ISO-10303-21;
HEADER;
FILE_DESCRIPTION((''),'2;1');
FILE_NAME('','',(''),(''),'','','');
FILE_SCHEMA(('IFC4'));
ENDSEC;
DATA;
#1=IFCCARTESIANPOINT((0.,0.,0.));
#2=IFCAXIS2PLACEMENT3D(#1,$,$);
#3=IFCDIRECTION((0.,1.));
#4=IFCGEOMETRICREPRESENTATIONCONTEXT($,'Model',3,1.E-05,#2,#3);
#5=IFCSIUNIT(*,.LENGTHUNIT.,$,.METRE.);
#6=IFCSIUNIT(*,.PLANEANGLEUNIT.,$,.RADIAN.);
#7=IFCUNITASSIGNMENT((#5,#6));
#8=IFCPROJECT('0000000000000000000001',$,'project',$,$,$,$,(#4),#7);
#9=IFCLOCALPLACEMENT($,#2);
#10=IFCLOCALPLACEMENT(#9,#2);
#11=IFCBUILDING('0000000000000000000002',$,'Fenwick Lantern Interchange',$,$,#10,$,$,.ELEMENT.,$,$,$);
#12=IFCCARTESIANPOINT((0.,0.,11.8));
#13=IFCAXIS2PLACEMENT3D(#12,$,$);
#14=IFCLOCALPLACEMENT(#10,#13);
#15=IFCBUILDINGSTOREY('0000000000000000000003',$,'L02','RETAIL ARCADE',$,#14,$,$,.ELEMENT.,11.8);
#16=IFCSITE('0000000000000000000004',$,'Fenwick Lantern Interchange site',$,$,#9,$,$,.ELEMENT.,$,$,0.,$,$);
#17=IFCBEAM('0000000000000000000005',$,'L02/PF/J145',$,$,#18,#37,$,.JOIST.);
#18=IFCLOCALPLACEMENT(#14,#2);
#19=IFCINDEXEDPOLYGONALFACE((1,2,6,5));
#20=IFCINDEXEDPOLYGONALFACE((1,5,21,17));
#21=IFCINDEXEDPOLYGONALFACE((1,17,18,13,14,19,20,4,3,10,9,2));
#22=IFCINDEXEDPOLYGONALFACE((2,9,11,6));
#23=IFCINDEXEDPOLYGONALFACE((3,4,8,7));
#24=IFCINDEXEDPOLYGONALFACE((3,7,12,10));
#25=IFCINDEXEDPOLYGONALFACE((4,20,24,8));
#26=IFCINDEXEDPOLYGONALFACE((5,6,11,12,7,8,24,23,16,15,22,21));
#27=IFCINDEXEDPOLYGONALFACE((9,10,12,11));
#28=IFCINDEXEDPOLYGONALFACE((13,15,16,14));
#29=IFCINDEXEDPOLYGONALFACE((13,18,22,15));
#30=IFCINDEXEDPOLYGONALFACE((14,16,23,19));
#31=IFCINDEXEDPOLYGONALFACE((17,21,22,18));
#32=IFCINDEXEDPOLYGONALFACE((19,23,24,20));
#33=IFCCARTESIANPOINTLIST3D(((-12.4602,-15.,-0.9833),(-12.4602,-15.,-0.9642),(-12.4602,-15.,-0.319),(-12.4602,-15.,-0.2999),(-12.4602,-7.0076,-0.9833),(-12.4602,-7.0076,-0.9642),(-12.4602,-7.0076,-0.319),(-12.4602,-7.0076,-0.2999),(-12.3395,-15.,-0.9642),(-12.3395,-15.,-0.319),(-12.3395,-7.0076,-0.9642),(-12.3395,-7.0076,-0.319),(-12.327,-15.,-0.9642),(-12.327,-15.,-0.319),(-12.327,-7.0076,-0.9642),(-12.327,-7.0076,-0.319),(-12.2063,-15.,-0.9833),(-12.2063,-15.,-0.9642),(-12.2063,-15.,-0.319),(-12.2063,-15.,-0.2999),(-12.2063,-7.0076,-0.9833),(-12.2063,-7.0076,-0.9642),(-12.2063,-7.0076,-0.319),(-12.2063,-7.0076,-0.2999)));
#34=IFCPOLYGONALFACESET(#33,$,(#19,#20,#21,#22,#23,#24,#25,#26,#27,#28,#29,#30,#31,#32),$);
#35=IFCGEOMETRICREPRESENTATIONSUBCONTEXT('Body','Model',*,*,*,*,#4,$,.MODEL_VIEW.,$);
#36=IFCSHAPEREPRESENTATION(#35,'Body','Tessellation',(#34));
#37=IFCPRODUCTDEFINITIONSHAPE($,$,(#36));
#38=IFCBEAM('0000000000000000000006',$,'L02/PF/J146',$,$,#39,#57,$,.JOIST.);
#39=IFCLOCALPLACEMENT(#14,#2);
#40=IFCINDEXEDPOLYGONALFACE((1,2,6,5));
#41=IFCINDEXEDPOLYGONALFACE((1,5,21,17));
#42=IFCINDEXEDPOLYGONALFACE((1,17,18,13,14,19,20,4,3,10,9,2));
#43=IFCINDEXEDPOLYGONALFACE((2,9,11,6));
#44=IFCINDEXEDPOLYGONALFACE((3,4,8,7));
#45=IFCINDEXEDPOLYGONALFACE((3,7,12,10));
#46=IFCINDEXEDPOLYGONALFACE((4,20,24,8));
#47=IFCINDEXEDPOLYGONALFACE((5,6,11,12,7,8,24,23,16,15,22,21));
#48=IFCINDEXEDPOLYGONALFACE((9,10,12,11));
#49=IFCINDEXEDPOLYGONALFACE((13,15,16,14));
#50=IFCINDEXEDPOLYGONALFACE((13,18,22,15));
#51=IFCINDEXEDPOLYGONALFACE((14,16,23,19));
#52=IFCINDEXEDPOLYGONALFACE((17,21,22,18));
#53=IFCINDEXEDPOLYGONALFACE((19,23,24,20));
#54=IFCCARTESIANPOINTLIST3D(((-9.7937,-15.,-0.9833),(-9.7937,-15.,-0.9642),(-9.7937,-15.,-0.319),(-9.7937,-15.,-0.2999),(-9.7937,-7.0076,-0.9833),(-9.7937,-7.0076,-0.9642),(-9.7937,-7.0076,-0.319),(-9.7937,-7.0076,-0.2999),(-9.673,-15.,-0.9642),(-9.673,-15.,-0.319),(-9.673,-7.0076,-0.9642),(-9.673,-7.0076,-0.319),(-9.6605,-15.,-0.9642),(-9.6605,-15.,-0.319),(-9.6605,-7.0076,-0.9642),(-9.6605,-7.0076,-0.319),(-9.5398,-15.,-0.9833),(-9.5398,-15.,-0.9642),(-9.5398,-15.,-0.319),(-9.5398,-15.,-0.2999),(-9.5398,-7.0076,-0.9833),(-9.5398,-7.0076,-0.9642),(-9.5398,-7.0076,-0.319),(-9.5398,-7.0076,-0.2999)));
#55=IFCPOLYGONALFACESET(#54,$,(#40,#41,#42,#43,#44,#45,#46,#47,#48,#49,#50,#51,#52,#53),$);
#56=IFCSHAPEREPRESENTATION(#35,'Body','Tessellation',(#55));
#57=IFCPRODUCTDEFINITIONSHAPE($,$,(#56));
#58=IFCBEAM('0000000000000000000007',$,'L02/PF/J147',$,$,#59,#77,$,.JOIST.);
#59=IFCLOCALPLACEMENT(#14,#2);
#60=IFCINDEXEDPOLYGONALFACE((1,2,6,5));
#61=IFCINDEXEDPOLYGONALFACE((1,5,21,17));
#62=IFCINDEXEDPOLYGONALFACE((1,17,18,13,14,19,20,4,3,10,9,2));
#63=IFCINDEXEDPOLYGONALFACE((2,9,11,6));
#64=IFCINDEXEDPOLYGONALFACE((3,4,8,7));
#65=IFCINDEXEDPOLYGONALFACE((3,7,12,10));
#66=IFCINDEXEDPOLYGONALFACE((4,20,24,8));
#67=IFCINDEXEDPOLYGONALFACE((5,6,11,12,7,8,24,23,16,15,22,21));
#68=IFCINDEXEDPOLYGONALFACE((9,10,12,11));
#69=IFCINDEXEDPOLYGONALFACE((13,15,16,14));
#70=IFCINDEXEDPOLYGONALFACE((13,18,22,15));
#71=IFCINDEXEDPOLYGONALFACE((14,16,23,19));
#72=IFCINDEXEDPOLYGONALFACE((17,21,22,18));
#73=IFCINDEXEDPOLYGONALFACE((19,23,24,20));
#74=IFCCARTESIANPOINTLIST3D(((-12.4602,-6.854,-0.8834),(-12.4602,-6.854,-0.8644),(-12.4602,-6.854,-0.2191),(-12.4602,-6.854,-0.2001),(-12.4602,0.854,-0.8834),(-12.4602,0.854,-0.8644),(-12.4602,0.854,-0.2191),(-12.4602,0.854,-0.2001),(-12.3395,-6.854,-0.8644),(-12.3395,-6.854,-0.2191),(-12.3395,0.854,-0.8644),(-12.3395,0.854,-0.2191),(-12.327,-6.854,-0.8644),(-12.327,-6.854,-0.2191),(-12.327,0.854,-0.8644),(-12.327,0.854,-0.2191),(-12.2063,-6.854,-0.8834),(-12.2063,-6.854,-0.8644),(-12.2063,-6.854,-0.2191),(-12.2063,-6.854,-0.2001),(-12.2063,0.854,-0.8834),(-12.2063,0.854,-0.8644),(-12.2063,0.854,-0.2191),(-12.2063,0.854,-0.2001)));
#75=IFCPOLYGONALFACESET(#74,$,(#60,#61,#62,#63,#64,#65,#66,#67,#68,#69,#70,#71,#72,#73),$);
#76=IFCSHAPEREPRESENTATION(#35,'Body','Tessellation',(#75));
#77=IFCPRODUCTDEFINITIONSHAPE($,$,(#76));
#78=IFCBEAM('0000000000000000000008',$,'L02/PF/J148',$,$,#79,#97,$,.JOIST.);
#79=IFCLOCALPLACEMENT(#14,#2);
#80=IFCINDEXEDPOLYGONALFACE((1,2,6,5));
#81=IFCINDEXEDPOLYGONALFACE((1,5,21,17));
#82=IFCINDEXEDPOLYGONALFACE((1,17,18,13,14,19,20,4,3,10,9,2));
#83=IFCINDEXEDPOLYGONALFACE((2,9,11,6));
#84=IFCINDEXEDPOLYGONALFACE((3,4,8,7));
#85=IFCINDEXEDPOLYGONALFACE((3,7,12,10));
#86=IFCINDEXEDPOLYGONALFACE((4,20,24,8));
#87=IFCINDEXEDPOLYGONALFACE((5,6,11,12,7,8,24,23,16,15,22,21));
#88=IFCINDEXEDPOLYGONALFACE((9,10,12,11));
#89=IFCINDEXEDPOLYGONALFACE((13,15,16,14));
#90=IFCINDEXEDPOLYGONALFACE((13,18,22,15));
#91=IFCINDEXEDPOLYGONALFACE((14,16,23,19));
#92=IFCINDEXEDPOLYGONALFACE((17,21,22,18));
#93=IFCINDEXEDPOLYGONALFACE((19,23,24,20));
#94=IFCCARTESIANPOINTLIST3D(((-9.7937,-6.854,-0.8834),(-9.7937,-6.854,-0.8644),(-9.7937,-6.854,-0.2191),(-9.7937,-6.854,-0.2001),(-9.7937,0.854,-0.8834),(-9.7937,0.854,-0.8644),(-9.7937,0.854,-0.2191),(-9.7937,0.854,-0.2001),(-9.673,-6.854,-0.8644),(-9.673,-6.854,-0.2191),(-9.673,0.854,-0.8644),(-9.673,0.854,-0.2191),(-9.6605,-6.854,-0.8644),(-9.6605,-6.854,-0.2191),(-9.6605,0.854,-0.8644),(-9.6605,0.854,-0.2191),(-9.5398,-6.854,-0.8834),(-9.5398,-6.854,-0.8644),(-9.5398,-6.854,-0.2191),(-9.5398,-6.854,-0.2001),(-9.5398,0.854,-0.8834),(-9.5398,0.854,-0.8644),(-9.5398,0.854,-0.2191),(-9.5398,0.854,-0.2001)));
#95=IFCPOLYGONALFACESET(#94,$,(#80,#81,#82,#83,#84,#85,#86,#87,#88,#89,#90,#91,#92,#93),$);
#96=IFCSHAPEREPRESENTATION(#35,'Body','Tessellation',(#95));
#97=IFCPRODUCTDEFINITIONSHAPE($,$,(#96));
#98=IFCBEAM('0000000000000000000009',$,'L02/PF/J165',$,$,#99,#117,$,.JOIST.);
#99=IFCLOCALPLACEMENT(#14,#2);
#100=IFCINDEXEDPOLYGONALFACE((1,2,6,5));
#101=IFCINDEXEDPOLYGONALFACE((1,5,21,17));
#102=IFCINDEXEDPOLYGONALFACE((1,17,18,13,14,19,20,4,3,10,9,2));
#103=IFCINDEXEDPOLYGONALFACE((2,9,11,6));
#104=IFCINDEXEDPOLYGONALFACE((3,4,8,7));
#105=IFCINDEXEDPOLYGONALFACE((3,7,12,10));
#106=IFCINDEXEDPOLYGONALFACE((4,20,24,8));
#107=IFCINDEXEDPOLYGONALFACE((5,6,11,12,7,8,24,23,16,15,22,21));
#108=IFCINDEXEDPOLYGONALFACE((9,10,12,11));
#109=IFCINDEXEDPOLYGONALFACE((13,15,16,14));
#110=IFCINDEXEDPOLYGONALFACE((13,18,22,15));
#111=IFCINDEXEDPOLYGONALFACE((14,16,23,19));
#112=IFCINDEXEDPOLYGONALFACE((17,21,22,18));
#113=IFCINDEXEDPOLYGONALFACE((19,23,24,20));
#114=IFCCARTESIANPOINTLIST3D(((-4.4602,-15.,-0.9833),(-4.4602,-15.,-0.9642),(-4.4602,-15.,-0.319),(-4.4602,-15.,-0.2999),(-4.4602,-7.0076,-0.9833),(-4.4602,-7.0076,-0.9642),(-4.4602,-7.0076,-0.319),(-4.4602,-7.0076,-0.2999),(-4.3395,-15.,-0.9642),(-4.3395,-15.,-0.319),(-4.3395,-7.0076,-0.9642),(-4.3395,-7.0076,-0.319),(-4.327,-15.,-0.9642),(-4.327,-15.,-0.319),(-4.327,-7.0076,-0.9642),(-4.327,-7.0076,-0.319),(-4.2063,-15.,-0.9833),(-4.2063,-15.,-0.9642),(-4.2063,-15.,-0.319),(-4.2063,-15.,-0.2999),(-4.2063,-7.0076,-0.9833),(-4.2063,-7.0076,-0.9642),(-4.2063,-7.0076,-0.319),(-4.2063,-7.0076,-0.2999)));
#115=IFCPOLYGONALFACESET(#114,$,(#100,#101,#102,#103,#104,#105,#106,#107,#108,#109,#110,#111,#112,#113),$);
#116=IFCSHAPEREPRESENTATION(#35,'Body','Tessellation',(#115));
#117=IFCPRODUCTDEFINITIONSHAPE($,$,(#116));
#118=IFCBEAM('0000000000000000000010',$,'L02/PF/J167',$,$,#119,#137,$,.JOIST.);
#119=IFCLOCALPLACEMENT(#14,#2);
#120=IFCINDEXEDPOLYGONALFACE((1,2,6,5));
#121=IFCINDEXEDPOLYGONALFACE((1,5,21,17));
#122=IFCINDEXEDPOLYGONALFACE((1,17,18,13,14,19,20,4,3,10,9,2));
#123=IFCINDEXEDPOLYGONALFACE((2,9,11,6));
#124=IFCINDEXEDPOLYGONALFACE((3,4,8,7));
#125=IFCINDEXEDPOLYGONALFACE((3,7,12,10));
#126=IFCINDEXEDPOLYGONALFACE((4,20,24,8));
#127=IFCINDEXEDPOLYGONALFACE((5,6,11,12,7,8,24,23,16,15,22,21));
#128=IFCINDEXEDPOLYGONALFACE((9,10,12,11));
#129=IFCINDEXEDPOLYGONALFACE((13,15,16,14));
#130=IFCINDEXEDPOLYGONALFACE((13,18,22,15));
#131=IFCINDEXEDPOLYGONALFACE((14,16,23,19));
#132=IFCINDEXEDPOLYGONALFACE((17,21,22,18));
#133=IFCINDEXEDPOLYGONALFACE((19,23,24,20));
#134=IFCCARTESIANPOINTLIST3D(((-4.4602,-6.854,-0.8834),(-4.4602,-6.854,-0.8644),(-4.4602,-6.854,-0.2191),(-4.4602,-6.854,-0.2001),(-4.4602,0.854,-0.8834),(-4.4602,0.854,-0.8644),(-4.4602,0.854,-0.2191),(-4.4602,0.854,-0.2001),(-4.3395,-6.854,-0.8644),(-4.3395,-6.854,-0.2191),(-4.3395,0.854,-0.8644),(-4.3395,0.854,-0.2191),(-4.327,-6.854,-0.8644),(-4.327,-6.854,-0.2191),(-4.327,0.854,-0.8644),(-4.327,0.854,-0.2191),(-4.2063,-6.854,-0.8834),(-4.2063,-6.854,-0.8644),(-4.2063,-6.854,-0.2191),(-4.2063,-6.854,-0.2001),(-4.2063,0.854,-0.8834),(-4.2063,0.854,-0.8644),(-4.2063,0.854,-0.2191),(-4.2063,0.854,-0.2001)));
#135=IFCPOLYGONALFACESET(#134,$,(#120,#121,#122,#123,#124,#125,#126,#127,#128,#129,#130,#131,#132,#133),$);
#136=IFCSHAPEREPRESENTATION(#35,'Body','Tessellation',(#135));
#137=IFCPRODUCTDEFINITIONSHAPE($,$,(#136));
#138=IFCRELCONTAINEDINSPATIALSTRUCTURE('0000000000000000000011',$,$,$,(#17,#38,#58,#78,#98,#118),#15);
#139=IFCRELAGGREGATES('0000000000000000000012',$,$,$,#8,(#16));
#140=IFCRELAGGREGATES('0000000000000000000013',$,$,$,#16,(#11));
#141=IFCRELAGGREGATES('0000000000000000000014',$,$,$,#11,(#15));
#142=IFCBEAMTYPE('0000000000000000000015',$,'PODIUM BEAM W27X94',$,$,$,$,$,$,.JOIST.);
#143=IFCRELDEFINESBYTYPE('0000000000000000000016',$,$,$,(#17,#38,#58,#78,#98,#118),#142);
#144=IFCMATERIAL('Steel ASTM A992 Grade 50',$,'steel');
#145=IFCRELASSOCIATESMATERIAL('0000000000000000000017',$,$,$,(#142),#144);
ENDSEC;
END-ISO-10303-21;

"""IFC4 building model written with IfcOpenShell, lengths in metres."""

from ifc_helpers import new_model, si_unit, direction, frame, origin, origin_2d, place, context, subcontext, project, spatial, i_section, extrude, material, material_profile, profile_set, type_object, element, save


model = new_model("IFC4")

# Units and contexts
model_context = context("Model", 3, precision=1e-05, world=origin(), true_north=direction((0.0, 1.0)))
body_context = subcontext(model_context, "Body", "Model", "MODEL_VIEW")
ifc_project = project(units=[si_unit("LENGTHUNIT", "METRE"), si_unit("PLANEANGLEUNIT", "RADIAN")], contexts=[model_context])

# Site, building, storey
site_placement = place(None, origin())
site = spatial("IfcSite", under=ifc_project, at=site_placement, Name="Fenwick Lantern Interchange site", CompositionType="ELEMENT", RefElevation=0.0)
building_placement = place(site_placement, origin())
building = spatial("IfcBuilding", under=site, at=building_placement, Name="Fenwick Lantern Interchange", CompositionType="ELEMENT")
storey_placement = place(building_placement, frame((0.0, 0.0, 11.8)))
storey = spatial("IfcBuildingStorey", under=building, at=storey_placement, Name="L02", Description="RETAIL ARCADE", CompositionType="ELEMENT", Elevation=11.8)

# Shared definitions
ifc_material_1 = material(Name="Steel ASTM A992 Grade 50", Category="steel")

# Beams
ifc_material_profile_1 = material_profile(ifc_material_1, i_section(OverallWidth=0.2539, OverallDepth=0.6833, WebThickness=0.0125, FlangeThickness=0.019, at=origin_2d()), Name="W27X94")
ifc_profile_set_1 = profile_set([ifc_material_profile_1], Name="Steel ASTM A992 Grade 50")
beam_type_1 = type_object("IfcBeamType", Name="PODIUM BEAM W27X94", PredefinedType="JOIST", material=ifc_profile_set_1)
for number, where, z_axis, x_axis, name in (
    (1, (-12.3333, -15.0, -0.6416), (0.0, 1.0, 0.0), (-1.0, 0.0, 0.0), "L02/PF/J145"),
    (2, (-9.6667, -15.0, -0.6416), (0.0, 1.0, 0.0), (-1.0, 0.0, 0.0), "L02/PF/J146"),
):
    element("IfcBeam", number, at=place(storey_placement, frame(where, z_axis=z_axis, x_axis=x_axis)), inside=storey, type_object=beam_type_1, Name=name, PredefinedType="JOIST", context=body_context, shape_type="SweptSolid", body=[
        extrude(i_section(OverallWidth=0.2539, OverallDepth=0.6833, WebThickness=0.0125, FlangeThickness=0.019, at=origin_2d()), origin(), (0.0, 0.0, 1.0), 7.9924),
    ])
for number, where, z_axis, x_axis, name in (
    (3, (-12.3333, -6.854, -0.5417), (0.0, 1.0, 0.0), (-1.0, 0.0, 0.0), "L02/PF/J147"),
    (4, (-9.6667, -6.854, -0.5417), (0.0, 1.0, 0.0), (-1.0, 0.0, 0.0), "L02/PF/J148"),
):
    element("IfcBeam", number, at=place(storey_placement, frame(where, z_axis=z_axis, x_axis=x_axis)), inside=storey, type_object=beam_type_1, Name=name, PredefinedType="JOIST", context=body_context, shape_type="SweptSolid", body=[
        extrude(i_section(OverallWidth=0.2539, OverallDepth=0.6833, WebThickness=0.0125, FlangeThickness=0.019, at=origin_2d()), origin(), (0.0, 0.0, 1.0), 7.708),
    ])
beam_1_placement = place(storey_placement, frame((-4.3333, -15.0, -0.6416), z_axis=(0.0, 1.0, 0.0), x_axis=(-1.0, 0.0, 0.0)))
element("IfcBeam", 5, at=beam_1_placement, inside=storey, type_object=beam_type_1, Name="L02/PF/J165", PredefinedType="JOIST", context=body_context, shape_type="SweptSolid", body=[
    extrude(i_section(OverallWidth=0.2539, OverallDepth=0.6833, WebThickness=0.0125, FlangeThickness=0.019, at=origin_2d()), origin(), (0.0, 0.0, 1.0), 7.9924),
])
beam_2_placement = place(storey_placement, frame((-4.3333, -6.854, -0.5417), z_axis=(0.0, 1.0, 0.0), x_axis=(-1.0, 0.0, 0.0)))
element("IfcBeam", 6, at=beam_2_placement, inside=storey, type_object=beam_type_1, Name="L02/PF/J167", PredefinedType="JOIST", context=body_context, shape_type="SweptSolid", body=[
    extrude(i_section(OverallWidth=0.2539, OverallDepth=0.6833, WebThickness=0.0125, FlangeThickness=0.019, at=origin_2d()), origin(), (0.0, 0.0, 1.0), 7.708),
])

save(model, "model.ifc")
